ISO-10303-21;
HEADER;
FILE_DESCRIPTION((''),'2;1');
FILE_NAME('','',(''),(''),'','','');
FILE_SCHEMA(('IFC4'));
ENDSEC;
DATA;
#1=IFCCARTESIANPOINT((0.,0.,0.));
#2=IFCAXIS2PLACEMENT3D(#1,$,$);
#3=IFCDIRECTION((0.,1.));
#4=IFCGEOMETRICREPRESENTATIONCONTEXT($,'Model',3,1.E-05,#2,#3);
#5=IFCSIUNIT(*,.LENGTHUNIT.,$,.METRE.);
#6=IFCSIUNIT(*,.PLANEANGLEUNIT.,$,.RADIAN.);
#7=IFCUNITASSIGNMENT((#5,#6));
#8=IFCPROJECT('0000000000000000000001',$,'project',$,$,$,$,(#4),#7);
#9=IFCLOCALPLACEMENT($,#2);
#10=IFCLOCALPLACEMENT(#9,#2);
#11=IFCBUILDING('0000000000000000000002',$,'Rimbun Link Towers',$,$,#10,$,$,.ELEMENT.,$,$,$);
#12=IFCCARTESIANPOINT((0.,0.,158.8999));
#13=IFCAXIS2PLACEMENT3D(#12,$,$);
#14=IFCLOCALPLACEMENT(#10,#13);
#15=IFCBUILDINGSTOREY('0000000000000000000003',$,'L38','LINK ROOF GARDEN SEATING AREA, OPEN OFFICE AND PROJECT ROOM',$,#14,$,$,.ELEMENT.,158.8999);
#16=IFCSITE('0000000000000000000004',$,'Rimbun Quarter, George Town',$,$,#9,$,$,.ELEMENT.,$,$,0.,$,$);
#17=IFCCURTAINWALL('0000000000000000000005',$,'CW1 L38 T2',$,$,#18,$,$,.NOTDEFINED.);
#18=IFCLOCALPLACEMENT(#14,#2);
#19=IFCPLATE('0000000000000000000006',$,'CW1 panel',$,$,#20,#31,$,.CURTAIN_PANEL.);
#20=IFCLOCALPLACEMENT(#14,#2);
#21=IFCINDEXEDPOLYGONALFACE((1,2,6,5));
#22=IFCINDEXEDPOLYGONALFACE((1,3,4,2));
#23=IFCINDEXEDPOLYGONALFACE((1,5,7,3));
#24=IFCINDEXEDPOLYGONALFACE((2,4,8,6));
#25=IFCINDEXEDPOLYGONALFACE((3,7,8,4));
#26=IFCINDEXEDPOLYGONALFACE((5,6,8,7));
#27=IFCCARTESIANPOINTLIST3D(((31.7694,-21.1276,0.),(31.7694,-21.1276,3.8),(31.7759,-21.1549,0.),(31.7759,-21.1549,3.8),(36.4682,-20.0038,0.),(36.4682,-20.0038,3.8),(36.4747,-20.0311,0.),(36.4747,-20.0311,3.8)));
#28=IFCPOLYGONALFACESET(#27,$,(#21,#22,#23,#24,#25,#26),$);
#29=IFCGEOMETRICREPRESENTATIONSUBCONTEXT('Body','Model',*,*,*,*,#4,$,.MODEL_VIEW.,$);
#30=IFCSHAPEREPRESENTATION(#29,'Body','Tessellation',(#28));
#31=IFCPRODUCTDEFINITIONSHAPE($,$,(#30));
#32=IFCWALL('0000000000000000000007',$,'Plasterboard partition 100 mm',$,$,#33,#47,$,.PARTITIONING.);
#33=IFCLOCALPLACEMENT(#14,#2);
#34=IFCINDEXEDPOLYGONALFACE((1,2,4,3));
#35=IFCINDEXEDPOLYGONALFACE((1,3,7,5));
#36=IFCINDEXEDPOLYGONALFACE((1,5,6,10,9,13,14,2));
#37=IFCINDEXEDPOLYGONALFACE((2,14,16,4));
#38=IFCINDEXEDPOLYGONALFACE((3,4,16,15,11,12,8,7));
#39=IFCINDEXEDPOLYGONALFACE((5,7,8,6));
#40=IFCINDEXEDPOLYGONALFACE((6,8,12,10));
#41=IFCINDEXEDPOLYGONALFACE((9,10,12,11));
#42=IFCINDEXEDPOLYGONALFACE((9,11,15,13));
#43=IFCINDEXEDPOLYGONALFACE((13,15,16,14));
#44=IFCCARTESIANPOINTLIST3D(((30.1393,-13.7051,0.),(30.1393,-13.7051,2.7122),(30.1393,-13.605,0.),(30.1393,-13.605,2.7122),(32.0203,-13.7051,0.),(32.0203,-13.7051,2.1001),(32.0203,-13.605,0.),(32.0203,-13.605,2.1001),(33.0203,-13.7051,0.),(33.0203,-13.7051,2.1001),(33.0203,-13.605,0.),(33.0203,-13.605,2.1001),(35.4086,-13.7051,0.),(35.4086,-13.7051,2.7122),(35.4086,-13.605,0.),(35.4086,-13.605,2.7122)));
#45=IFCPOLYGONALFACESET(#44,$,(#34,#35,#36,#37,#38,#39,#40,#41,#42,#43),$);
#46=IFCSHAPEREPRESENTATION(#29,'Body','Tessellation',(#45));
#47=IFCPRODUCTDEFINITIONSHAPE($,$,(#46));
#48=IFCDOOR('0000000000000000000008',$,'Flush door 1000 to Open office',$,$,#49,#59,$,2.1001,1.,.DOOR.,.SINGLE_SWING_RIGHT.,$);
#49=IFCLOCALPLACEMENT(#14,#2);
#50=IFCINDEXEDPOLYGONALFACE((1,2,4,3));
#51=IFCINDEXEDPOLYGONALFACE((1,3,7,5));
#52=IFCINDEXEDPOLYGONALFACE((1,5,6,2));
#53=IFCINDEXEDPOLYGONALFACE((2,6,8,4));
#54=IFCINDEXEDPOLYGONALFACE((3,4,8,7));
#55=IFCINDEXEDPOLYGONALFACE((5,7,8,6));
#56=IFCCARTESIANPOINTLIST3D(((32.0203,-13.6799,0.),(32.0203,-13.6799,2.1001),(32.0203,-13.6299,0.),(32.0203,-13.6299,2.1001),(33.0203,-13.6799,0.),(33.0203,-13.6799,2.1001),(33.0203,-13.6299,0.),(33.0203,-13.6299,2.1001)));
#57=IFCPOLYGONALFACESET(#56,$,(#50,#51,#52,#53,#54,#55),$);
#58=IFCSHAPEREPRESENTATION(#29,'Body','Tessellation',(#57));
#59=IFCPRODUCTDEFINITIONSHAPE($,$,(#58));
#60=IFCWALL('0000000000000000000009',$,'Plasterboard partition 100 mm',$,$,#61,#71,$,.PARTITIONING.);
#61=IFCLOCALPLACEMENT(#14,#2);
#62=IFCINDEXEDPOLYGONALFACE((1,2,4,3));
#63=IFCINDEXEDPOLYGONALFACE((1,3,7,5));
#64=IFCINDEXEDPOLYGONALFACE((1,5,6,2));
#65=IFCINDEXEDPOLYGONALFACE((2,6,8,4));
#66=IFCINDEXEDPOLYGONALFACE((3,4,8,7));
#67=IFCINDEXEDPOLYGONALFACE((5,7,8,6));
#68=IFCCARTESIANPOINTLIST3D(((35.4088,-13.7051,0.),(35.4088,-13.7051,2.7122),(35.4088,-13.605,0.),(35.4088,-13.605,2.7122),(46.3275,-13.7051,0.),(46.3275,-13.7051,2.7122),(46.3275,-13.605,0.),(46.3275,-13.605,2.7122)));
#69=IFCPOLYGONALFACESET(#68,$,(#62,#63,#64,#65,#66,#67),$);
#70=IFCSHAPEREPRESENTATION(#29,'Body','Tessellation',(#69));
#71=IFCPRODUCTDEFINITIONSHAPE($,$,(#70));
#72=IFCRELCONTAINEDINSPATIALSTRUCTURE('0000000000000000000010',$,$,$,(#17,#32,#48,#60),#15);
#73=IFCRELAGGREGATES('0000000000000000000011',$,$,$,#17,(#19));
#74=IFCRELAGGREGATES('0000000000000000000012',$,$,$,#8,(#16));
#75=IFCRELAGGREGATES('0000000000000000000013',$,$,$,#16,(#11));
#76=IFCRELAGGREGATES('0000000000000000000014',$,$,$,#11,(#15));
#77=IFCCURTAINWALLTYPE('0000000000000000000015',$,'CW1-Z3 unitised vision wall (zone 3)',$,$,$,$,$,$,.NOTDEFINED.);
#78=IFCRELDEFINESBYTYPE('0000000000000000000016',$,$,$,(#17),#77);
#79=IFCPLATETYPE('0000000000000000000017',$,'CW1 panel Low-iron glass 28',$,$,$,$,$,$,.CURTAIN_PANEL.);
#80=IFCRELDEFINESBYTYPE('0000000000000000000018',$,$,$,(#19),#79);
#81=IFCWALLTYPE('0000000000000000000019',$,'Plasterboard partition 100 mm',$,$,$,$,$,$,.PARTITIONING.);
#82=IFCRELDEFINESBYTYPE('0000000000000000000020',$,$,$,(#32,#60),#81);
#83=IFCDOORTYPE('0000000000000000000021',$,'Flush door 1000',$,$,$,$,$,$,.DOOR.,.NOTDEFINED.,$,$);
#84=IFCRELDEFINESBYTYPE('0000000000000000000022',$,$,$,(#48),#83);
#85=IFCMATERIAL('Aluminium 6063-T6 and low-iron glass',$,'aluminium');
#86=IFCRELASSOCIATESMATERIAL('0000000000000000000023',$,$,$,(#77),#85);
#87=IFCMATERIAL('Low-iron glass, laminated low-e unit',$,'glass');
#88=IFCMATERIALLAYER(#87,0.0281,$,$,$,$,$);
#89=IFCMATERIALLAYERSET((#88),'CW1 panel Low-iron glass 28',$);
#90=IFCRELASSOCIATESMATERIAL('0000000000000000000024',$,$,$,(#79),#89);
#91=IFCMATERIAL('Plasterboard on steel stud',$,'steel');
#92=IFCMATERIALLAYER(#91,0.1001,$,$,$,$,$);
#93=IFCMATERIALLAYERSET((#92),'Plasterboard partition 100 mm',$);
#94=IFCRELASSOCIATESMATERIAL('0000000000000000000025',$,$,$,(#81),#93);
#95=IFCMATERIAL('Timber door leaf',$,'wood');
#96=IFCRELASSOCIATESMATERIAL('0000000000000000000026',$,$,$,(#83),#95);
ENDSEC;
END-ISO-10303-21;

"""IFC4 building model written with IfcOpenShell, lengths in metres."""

from ifc_helpers import new_model, si_unit, direction, frame, frame_2d, origin, origin_2d, place, context, subcontext, project, spatial, rectangle, extrude, material, layer, layer_set, type_object, element, fill, aggregate, save


model = new_model("IFC4")

# Units and contexts
model_context = context("Model", 3, precision=1e-05, world=origin(), true_north=direction((0.0, 1.0)))
body_context = subcontext(model_context, "Body", "Model", "MODEL_VIEW")
ifc_project = project(units=[si_unit("LENGTHUNIT", "METRE"), si_unit("PLANEANGLEUNIT", "RADIAN")], contexts=[model_context])

# Site, building, storey
site_placement = place(None, origin())
site = spatial("IfcSite", under=ifc_project, at=site_placement, Name="Rimbun Quarter, George Town", CompositionType="ELEMENT", RefElevation=0.0)
building_placement = place(site_placement, origin())
building = spatial("IfcBuilding", under=site, at=building_placement, Name="Rimbun Link Towers", CompositionType="ELEMENT")
storey_placement = place(building_placement, frame((0.0, 0.0, 158.8999)))
storey = spatial("IfcBuildingStorey", under=building, at=storey_placement, Name="L38", Description="LINK ROOF GARDEN SEATING AREA, OPEN OFFICE AND PROJECT ROOM", CompositionType="ELEMENT", Elevation=158.8999)

# Curtain wall
ifc_material_1 = material(Name="Aluminium 6063-T6 and low-iron glass", Category="aluminium")
curtain_wall_type = type_object("IfcCurtainWallType", Name="CW1-Z3 unitised vision wall (zone 3)", PredefinedType="NOTDEFINED", material=ifc_material_1)
curtain_wall_placement = place(storey_placement, origin())
curtain_wall = element("IfcCurtainWall", 1, at=curtain_wall_placement, inside=storey, type_object=curtain_wall_type, Name="CW1 L38 T2", PredefinedType="NOTDEFINED")

# Plate
ifc_material_2 = material(Name="Low-iron glass, laminated low-e unit", Category="glass")
ifc_layer_1 = layer(ifc_material_2, 0.0281)
ifc_layer_set_1 = layer_set([ifc_layer_1], Name="CW1 panel Low-iron glass 28")
plate_type = type_object("IfcPlateType", Name="CW1 panel Low-iron glass 28", PredefinedType="CURTAIN_PANEL", material=ifc_layer_set_1)
plate_1_placement = place(storey_placement, frame((34.1221, -20.5793, 0.0), z_axis=(0.0, 0.0, 1.0), x_axis=(-0.97257, -0.23261, 0.0)))
plate_1 = element("IfcPlate", 2, at=plate_1_placement, type_object=plate_type, Name="CW1 panel", PredefinedType="CURTAIN_PANEL", context=body_context, shape_type="SweptSolid", body=[
    extrude(rectangle(XDim=4.8313, YDim=0.0281, at=origin_2d()), origin(), (0.0, 0.0, 1.0), 3.8),
])
aggregate(curtain_wall, [plate_1])

# Wall, opening, door
ifc_material_3 = material(Name="Plasterboard on steel stud", Category="steel")
ifc_layer_2 = layer(ifc_material_3, 0.1001)
ifc_layer_set_2 = layer_set([ifc_layer_2], Name="Plasterboard partition 100 mm")
wall_type = type_object("IfcWallType", Name="Plasterboard partition 100 mm", PredefinedType="PARTITIONING", material=ifc_layer_set_2)
wall_1_placement = place(storey_placement, frame((35.4087, -13.655, 0.0), z_axis=(0.0, 0.0, 1.0), x_axis=(-1.0, 0.0, 0.0)))
wall_1 = element("IfcWall", 3, at=wall_1_placement, inside=storey, type_object=wall_type, Name="Plasterboard partition 100 mm", PredefinedType="PARTITIONING", context=body_context, shape_type="SweptSolid", body=[
    extrude(rectangle(XDim=5.2693, YDim=0.1001, at=frame_2d((2.6348, 0.0))), origin(), (0.0, 0.0, 1.0), 2.7122),
])
opening_placement = place(wall_1_placement, frame((2.3884, 0.0, 0.0)))
opening = element("IfcOpeningElement", 4, at=opening_placement, cuts=wall_1, PredefinedType="OPENING", context=body_context, shape_type="SweptSolid", body=[
    extrude(rectangle(XDim=1.0, YDim=2.1001, at=frame_2d((0.5, 1.05))), frame((0.0, 0.0601, 0.0), z_axis=(0.0, -1.0, 0.0), x_axis=(1.0, 0.0, 0.0)), (0.0, 0.0, 1.0), 0.1201),
])
ifc_material_4 = material(Name="Timber door leaf", Category="wood")
door_type = type_object("IfcDoorType", Name="Flush door 1000", OperationType="NOTDEFINED", PredefinedType="DOOR", material=ifc_material_4)
door_placement = place(opening_placement, origin())
door = element("IfcDoor", 5, at=door_placement, inside=storey, type_object=door_type, Name="Flush door 1000 to Open office", OperationType="SINGLE_SWING_RIGHT", OverallHeight=2.1001, OverallWidth=1.0, PredefinedType="DOOR", context=body_context, shape_type="SweptSolid", body=[
    extrude(rectangle(XDim=1.0, YDim=2.1001, at=frame_2d((0.5, 1.05))), frame((0.0, 0.0249, 0.0), z_axis=(0.0, -1.0, 0.0), x_axis=(1.0, 0.0, 0.0)), (0.0, 0.0, 1.0), 0.05),
])
fill(opening, door)

# Wall
wall_2_placement = place(storey_placement, frame((35.4087, -13.655, 0.0), z_axis=(0.0, 0.0, 1.0), x_axis=(1.0, 0.0, 0.0)))
element("IfcWall", 6, at=wall_2_placement, inside=storey, type_object=wall_type, Name="Plasterboard partition 100 mm", PredefinedType="PARTITIONING", context=body_context, shape_type="SweptSolid", body=[
    extrude(rectangle(XDim=10.9187, YDim=0.1001, at=frame_2d((5.4595, 0.0))), origin(), (0.0, 0.0, 1.0), 2.7122),
])

save(model, "model.ifc")
